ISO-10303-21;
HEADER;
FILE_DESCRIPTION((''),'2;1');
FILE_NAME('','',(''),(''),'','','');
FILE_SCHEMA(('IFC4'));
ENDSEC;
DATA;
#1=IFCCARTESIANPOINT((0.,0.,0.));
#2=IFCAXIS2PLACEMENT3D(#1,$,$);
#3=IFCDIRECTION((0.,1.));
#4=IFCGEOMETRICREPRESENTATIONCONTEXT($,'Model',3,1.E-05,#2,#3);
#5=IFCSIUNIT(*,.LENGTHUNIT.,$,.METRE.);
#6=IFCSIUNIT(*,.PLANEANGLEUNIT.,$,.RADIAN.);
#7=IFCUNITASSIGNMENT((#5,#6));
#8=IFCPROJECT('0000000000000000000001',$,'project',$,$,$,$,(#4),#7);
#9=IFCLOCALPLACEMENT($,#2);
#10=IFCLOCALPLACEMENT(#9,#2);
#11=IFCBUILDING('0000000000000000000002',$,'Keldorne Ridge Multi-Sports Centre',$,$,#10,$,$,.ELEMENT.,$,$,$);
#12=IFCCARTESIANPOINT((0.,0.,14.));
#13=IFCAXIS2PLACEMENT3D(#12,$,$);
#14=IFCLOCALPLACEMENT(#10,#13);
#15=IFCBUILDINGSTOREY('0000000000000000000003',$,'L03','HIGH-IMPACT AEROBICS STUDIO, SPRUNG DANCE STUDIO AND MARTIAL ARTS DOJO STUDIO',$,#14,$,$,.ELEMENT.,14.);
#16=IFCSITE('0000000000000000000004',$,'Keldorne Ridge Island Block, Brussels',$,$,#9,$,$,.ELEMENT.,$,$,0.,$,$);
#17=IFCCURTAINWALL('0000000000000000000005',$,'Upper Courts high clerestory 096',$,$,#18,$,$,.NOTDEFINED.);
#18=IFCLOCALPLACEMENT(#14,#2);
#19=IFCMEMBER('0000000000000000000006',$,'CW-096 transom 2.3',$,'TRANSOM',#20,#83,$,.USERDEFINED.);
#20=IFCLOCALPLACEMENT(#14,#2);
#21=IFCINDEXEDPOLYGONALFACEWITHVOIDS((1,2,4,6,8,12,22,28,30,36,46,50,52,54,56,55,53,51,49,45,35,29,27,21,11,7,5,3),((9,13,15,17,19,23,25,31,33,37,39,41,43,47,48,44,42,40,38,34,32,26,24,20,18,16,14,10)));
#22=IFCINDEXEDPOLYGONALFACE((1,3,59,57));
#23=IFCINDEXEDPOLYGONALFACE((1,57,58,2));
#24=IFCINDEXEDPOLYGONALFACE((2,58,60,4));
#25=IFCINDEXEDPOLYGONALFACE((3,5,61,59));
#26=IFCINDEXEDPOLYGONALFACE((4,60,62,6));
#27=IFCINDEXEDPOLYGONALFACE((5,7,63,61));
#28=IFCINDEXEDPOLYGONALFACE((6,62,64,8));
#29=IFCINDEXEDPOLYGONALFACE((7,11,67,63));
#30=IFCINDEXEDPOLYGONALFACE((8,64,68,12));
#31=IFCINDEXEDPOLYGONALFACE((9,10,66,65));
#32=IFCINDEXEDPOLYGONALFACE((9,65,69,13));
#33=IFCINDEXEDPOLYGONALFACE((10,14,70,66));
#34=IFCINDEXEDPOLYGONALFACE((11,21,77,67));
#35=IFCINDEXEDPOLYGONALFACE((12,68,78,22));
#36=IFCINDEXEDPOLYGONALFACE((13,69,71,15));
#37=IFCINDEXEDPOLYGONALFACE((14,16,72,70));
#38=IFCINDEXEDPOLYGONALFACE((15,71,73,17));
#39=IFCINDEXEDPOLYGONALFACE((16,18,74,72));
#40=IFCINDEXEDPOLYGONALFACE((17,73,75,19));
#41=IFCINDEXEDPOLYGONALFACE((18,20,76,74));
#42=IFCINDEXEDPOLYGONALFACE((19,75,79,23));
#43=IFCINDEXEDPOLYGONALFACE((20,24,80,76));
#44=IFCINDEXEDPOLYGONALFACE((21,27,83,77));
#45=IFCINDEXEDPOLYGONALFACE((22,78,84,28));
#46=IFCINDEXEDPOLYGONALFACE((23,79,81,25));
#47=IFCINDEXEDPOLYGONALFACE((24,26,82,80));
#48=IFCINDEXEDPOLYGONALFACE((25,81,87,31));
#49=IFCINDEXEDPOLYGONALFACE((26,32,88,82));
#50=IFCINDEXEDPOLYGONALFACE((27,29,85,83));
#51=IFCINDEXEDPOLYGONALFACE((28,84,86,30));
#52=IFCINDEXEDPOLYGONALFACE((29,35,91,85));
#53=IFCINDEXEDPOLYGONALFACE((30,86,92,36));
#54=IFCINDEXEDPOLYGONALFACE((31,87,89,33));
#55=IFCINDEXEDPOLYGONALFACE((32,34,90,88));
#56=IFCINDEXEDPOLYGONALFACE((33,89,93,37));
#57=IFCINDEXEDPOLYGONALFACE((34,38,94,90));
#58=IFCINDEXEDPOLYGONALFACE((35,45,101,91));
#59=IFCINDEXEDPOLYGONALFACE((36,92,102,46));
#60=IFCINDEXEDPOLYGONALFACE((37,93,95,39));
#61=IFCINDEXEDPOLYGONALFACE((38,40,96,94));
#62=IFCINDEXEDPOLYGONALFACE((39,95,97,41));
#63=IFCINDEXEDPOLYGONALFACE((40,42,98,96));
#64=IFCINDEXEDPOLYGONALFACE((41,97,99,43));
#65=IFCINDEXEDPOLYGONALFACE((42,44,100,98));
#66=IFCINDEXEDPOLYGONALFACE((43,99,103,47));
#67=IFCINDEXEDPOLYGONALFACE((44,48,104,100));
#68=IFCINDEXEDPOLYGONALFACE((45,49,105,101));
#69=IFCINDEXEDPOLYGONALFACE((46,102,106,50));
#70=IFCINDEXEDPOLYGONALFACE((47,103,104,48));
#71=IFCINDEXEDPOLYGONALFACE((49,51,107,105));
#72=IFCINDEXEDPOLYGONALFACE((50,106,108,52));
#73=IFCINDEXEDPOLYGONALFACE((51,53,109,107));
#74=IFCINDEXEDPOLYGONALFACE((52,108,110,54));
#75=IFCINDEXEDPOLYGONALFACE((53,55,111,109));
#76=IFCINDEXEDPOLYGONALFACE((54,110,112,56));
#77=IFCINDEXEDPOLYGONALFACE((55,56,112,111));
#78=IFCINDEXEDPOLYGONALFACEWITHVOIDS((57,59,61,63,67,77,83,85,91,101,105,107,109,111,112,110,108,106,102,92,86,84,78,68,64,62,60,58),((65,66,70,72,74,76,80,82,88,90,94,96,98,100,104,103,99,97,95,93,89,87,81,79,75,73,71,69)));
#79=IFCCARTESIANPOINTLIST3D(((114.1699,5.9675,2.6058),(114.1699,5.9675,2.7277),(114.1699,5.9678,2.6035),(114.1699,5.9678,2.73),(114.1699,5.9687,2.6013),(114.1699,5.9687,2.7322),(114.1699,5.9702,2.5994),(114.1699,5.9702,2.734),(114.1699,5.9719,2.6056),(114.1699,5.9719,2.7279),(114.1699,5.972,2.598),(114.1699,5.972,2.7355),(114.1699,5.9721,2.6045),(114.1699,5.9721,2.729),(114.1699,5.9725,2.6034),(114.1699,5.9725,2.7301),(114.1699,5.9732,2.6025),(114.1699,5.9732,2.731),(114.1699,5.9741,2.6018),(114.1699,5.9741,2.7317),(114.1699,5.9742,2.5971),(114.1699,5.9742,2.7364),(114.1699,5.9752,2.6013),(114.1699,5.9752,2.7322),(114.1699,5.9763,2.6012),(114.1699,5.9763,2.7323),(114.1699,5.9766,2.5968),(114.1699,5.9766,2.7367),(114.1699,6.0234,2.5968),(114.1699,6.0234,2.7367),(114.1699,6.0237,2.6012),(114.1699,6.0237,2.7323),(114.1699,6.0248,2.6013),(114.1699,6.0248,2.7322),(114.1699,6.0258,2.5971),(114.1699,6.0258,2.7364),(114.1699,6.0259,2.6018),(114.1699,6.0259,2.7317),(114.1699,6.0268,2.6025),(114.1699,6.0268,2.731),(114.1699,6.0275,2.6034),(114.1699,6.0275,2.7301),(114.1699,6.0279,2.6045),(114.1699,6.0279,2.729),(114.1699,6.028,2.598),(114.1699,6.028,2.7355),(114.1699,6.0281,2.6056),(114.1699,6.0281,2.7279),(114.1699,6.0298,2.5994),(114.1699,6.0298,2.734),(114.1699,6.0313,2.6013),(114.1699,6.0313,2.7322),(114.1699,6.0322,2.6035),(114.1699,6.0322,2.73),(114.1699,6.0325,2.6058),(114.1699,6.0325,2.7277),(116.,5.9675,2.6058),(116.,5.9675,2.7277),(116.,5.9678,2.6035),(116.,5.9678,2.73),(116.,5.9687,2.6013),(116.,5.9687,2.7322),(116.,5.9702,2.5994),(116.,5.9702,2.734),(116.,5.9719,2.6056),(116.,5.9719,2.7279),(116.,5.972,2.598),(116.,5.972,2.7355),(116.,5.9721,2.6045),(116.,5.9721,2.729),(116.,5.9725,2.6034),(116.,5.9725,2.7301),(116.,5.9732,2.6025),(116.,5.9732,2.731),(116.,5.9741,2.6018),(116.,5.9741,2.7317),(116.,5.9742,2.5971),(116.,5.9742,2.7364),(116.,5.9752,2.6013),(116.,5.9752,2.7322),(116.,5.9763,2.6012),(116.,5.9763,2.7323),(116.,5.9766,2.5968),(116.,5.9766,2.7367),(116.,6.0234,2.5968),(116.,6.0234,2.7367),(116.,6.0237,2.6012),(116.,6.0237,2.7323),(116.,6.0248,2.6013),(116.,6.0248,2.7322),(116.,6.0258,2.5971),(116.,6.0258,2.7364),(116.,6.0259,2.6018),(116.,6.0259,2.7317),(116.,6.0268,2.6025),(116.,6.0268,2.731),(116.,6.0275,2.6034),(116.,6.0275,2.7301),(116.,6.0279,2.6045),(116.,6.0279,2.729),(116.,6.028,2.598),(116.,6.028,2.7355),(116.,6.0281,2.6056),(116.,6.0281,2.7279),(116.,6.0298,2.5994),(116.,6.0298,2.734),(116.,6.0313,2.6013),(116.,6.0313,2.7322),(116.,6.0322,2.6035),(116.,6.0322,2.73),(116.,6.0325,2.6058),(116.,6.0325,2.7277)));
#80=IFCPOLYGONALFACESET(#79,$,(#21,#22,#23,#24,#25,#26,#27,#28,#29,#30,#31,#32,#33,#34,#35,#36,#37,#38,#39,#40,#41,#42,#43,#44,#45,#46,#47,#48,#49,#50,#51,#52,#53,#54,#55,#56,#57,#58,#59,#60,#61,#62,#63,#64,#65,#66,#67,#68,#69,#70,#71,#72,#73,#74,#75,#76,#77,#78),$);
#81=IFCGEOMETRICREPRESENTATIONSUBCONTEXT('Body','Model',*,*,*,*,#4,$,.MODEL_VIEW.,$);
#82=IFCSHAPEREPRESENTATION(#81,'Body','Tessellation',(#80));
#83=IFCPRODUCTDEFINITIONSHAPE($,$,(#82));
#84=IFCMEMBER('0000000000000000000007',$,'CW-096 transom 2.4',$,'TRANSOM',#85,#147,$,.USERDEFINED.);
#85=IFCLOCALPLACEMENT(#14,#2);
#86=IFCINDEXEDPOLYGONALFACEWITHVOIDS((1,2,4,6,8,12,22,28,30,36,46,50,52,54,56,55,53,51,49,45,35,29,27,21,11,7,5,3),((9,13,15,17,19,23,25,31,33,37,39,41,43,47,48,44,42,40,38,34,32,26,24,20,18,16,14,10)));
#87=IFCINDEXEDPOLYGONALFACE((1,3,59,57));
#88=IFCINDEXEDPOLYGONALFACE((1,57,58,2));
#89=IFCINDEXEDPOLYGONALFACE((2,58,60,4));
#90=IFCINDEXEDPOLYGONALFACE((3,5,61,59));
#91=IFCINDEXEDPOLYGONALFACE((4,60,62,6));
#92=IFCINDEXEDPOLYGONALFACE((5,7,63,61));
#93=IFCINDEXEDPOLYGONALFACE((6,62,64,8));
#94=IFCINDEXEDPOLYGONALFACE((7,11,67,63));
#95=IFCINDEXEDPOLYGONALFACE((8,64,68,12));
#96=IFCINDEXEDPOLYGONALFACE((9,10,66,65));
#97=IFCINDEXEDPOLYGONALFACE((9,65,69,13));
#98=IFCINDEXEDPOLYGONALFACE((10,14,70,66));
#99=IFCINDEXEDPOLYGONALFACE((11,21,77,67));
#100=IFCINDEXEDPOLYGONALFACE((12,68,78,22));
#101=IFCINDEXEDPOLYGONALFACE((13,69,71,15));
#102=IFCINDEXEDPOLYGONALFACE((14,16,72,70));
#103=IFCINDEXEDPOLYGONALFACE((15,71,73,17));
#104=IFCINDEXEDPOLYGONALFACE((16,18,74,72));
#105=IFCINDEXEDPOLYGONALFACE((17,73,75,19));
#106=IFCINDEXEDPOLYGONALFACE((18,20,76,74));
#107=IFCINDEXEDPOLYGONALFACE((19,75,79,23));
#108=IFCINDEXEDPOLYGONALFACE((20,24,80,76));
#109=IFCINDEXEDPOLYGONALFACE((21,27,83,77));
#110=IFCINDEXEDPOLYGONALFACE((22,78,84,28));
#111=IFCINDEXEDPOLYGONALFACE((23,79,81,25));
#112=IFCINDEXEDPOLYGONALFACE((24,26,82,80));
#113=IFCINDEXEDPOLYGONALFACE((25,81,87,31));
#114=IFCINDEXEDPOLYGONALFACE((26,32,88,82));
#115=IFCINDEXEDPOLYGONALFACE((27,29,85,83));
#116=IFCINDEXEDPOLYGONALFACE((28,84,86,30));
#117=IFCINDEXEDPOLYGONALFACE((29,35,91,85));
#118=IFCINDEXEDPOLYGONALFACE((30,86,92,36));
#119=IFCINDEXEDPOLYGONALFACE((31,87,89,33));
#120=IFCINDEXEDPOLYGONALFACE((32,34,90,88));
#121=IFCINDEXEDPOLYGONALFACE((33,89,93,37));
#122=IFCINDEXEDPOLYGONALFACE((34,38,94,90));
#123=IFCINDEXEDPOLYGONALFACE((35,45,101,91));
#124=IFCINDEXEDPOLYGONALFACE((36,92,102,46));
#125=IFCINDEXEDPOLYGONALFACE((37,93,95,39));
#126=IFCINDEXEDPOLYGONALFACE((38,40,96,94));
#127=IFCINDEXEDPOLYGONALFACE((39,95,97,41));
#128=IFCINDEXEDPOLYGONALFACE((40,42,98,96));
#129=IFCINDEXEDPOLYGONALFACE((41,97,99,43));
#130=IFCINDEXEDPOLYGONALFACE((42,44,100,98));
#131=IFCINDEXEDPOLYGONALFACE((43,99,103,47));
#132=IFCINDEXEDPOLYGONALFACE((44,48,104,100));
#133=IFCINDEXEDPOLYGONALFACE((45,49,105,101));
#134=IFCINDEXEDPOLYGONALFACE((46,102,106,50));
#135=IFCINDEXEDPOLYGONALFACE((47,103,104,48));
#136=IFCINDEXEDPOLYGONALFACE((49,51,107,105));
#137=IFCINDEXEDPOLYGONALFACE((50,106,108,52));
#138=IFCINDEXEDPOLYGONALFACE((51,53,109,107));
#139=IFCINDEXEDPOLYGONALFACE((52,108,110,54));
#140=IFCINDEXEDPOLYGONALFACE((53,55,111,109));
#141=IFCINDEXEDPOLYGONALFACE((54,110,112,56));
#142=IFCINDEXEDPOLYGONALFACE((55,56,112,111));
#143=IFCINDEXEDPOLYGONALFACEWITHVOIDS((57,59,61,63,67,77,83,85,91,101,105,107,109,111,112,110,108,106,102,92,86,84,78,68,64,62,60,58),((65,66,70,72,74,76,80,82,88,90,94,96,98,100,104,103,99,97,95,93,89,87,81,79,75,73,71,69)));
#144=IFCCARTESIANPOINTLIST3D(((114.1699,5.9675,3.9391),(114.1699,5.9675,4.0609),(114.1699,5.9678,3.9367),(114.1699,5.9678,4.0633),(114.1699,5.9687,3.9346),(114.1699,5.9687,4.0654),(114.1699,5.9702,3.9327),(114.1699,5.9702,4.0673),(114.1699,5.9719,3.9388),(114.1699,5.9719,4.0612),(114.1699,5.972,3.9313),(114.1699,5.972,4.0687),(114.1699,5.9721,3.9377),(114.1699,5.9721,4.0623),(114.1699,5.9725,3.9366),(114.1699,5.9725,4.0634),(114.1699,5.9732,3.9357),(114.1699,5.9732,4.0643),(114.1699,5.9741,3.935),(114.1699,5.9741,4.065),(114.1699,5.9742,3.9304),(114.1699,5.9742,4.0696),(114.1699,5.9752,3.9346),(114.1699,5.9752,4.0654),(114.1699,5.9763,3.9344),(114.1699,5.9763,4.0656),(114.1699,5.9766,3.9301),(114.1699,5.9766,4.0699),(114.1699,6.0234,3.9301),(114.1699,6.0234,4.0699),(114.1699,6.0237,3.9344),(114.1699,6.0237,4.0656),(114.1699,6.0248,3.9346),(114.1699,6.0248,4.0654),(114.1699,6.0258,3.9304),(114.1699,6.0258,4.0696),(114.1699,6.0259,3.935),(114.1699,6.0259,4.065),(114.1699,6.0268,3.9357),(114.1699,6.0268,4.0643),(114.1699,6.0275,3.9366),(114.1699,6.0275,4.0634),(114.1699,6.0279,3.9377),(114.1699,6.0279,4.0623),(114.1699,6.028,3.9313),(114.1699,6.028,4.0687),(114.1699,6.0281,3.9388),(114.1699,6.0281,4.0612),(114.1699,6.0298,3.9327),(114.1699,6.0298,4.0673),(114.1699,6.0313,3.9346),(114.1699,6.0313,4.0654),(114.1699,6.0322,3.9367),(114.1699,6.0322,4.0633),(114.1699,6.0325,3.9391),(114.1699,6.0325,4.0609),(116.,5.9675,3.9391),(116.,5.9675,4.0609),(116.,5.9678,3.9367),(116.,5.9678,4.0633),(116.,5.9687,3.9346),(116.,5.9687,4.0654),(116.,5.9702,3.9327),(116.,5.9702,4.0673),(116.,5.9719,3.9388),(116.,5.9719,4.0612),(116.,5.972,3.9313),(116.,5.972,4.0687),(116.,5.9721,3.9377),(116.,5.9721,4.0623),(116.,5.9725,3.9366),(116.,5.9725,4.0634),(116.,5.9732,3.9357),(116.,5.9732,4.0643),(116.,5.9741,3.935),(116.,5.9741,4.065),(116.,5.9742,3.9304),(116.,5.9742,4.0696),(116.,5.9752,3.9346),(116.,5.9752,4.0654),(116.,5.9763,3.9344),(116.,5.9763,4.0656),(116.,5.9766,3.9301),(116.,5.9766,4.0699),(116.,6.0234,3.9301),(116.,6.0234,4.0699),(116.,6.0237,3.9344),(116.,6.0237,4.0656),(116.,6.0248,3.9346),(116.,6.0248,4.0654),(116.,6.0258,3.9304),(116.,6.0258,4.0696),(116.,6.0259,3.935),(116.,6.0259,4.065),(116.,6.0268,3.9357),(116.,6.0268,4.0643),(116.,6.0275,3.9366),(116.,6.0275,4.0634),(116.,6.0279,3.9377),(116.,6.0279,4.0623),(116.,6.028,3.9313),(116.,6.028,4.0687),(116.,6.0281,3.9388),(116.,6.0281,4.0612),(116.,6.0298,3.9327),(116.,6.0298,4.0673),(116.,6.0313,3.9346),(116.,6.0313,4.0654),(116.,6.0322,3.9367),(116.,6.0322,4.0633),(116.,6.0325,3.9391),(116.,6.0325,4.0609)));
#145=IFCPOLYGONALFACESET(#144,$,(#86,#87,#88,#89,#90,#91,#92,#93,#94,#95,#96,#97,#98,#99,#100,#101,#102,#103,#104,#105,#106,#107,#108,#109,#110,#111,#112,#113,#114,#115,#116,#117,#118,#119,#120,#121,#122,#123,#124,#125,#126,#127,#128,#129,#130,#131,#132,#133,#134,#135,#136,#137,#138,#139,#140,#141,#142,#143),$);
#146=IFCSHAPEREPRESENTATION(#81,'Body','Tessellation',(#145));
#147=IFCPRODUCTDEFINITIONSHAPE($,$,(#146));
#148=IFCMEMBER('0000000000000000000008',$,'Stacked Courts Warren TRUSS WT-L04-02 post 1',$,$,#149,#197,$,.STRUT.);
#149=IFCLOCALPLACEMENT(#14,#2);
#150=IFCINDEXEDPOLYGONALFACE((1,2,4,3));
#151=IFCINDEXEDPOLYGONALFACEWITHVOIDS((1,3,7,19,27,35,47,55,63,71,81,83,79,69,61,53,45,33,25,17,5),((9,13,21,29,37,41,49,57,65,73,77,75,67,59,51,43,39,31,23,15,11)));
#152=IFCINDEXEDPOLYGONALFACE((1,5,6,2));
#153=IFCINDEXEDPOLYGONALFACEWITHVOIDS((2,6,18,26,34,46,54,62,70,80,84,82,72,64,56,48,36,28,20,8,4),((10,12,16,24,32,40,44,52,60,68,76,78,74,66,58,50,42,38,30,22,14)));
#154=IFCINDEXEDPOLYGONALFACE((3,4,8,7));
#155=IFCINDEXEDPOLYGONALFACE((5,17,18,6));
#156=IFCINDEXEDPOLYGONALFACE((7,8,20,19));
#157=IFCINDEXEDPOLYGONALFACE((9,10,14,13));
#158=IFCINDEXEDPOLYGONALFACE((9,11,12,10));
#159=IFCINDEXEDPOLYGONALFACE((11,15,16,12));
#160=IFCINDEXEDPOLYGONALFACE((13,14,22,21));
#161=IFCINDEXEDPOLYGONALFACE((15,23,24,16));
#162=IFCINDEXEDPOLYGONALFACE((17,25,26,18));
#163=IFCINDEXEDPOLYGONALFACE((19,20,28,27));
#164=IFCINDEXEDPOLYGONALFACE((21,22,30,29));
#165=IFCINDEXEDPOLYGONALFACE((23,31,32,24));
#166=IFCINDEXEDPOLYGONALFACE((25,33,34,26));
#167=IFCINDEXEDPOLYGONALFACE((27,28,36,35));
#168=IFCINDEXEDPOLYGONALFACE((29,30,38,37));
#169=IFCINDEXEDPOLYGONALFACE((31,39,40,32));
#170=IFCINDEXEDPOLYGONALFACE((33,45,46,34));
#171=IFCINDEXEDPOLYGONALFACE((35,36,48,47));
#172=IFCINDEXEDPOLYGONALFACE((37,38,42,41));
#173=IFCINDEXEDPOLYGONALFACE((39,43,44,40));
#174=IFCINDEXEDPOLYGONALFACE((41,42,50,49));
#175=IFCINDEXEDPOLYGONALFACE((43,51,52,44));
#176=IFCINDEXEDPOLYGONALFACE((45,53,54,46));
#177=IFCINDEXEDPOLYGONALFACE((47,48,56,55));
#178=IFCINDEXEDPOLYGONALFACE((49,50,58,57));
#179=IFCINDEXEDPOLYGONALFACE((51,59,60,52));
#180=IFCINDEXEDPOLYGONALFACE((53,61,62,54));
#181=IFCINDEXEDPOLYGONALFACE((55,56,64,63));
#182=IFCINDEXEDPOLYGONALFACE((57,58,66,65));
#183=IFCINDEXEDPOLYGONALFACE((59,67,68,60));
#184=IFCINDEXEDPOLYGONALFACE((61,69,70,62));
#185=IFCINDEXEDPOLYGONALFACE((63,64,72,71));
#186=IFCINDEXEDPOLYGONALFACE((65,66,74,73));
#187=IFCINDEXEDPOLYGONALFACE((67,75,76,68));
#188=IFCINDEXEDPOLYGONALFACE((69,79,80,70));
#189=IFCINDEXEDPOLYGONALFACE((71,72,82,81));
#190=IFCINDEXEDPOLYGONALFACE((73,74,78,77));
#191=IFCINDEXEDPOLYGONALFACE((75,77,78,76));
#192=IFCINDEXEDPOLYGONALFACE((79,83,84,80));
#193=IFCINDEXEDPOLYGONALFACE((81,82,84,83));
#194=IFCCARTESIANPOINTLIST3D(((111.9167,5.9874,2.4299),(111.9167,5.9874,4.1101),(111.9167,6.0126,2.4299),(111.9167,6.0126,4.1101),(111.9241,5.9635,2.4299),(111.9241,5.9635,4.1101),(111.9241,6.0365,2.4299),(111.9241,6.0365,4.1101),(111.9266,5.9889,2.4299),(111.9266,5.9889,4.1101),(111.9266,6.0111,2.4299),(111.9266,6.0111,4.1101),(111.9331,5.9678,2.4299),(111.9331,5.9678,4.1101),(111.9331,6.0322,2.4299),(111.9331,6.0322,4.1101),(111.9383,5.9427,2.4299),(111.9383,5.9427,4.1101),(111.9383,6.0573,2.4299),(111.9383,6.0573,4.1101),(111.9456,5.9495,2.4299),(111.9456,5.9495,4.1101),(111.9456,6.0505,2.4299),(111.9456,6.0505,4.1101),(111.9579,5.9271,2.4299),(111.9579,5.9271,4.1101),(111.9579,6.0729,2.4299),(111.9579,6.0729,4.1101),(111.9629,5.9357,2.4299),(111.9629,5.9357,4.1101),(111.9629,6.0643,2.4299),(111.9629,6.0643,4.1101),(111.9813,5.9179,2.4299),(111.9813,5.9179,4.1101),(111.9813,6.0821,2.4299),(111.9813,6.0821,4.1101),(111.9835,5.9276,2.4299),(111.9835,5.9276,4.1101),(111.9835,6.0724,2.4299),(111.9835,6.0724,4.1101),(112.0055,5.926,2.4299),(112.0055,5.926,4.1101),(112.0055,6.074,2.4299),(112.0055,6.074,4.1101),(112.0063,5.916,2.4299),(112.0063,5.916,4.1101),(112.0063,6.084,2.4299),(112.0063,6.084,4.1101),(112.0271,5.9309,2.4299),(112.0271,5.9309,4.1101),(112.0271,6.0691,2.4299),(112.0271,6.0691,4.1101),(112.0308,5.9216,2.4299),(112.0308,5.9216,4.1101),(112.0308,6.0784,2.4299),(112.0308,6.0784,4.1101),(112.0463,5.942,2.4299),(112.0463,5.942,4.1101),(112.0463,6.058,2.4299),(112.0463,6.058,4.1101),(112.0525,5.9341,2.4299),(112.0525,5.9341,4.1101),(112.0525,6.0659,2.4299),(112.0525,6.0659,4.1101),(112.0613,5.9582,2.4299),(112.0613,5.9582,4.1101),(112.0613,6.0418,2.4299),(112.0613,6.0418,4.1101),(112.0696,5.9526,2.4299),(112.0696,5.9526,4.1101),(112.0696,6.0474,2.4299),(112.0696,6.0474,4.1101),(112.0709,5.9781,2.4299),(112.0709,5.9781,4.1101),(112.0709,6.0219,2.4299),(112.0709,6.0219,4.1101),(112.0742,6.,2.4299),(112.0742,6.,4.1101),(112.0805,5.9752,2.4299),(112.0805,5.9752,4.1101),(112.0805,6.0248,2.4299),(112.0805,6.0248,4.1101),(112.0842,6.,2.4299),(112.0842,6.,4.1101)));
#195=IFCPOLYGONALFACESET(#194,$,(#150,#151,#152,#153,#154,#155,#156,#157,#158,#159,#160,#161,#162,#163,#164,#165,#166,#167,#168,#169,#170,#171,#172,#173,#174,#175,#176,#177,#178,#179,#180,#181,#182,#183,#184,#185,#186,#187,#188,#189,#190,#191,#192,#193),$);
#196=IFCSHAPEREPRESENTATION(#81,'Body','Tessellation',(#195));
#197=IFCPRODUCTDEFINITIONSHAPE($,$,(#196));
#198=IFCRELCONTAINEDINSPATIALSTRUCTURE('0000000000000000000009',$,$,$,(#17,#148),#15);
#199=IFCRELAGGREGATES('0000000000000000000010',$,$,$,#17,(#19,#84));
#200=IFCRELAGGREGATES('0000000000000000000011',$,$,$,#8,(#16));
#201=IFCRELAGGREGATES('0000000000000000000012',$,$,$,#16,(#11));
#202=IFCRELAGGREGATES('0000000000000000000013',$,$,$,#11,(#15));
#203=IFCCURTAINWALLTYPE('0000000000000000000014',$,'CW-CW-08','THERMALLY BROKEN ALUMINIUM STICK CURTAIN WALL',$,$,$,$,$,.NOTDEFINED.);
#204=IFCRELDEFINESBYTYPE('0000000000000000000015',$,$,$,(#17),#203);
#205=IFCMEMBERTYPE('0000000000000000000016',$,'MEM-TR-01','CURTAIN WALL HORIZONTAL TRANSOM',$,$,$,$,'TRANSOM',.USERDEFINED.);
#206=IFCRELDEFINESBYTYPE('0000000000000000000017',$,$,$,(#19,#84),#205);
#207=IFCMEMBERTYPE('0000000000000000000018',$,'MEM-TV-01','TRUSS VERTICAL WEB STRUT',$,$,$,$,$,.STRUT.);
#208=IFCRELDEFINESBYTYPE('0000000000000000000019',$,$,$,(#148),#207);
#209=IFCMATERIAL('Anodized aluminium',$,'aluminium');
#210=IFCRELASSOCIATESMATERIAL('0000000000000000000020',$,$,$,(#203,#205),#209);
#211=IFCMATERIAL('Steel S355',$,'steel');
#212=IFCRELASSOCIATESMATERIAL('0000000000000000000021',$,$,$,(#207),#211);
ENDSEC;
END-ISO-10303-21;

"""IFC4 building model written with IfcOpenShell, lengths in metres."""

from ifc_helpers import new_model, si_unit, direction, frame, origin, origin_2d, place, context, subcontext, project, spatial, hollow_rectangle, hollow_circle, extrude, material, material_profile, profile_set, type_object, element, aggregate, save


model = new_model("IFC4")

# Units and contexts
model_context = context("Model", 3, precision=1e-05, world=origin(), true_north=direction((0.0, 1.0)))
body_context = subcontext(model_context, "Body", "Model", "MODEL_VIEW")
ifc_project = project(units=[si_unit("LENGTHUNIT", "METRE"), si_unit("PLANEANGLEUNIT", "RADIAN")], contexts=[model_context])

# Site, building, storey
site_placement = place(None, origin())
site = spatial("IfcSite", under=ifc_project, at=site_placement, Name="Keldorne Ridge Island Block, Brussels", CompositionType="ELEMENT", RefElevation=0.0)
building_placement = place(site_placement, origin())
building = spatial("IfcBuilding", under=site, at=building_placement, Name="Keldorne Ridge Multi-Sports Centre", CompositionType="ELEMENT")
storey_placement = place(building_placement, frame((0.0, 0.0, 14.0)))
storey = spatial("IfcBuildingStorey", under=building, at=storey_placement, Name="L03", Description="HIGH-IMPACT AEROBICS STUDIO, SPRUNG DANCE STUDIO AND MARTIAL ARTS DOJO STUDIO", CompositionType="ELEMENT", Elevation=14.0)

# Shared definitions
ifc_material_1 = material(Name="Steel S355", Category="steel")

# Shared definitions
ifc_material_2 = material(Name="Anodized aluminium", Category="aluminium")

# Curtain wall
curtain_wall_type_1 = type_object("IfcCurtainWallType", Name="CW-CW-08", Description="THERMALLY BROKEN ALUMINIUM STICK CURTAIN WALL", PredefinedType="NOTDEFINED", material=ifc_material_2)
curtain_wall_1_placement = place(storey_placement, origin())
curtain_wall_1 = element("IfcCurtainWall", 1, at=curtain_wall_1_placement, inside=storey, type_object=curtain_wall_type_1, Name="Upper Courts high clerestory 096", PredefinedType="NOTDEFINED")

# Members
ifc_material_profile_1 = material_profile(ifc_material_2, hollow_rectangle(XDim=0.0649, YDim=0.1399, WallThickness=0.0044, InnerFilletRadius=0.0044, OuterFilletRadius=0.009, at=origin_2d()), Name="ALU TRANSOM 140x65x4.5")
ifc_profile_set_1 = profile_set([ifc_material_profile_1], Name="Anodized aluminium")
member_type_1 = type_object("IfcMemberType", Name="MEM-TR-01", Description="CURTAIN WALL HORIZONTAL TRANSOM", ElementType="TRANSOM", PredefinedType="USERDEFINED", material=ifc_profile_set_1)
member_1_placement = place(storey_placement, frame((114.1699, 6.0, 2.6667), z_axis=(1.0, 0.0, 0.0), x_axis=(0.0, 1.0, 0.0)))
member_1 = element("IfcMember", 2, at=member_1_placement, type_object=member_type_1, Name="CW-096 transom 2.3", ObjectType="TRANSOM", PredefinedType="USERDEFINED", context=body_context, shape_type="SweptSolid", body=[
    extrude(hollow_rectangle(XDim=0.0649, YDim=0.1399, WallThickness=0.0044, InnerFilletRadius=0.0044, OuterFilletRadius=0.009, at=origin_2d()), origin(), (0.0, 0.0, 1.0), 1.8301),
])
member_2_placement = place(storey_placement, frame((114.1699, 6.0, 4.0), z_axis=(1.0, 0.0, 0.0), x_axis=(0.0, 1.0, 0.0)))
member_2 = element("IfcMember", 3, at=member_2_placement, type_object=member_type_1, Name="CW-096 transom 2.4", ObjectType="TRANSOM", PredefinedType="USERDEFINED", context=body_context, shape_type="SweptSolid", body=[
    extrude(hollow_rectangle(XDim=0.0649, YDim=0.1399, WallThickness=0.0044, InnerFilletRadius=0.0044, OuterFilletRadius=0.009, at=origin_2d()), origin(), (0.0, 0.0, 1.0), 1.8301),
])

# Member
ifc_material_profile_2 = material_profile(ifc_material_1, hollow_circle(Radius=0.0842, WallThickness=0.01, at=origin_2d()), Name="CHS 168.3x10")
ifc_profile_set_2 = profile_set([ifc_material_profile_2], Name="Steel S355")
member_type_2 = type_object("IfcMemberType", Name="MEM-TV-01", Description="TRUSS VERTICAL WEB STRUT", PredefinedType="STRUT", material=ifc_profile_set_2)
for number, where, z_axis, x_axis, name in (
    (4, (112.0, 6.0, 2.4299), (0.0, 0.0, 1.0), (1.0, 0.0, 0.0), "Stacked Courts Warren TRUSS WT-L04-02 post 1"),
):
    element("IfcMember", number, at=place(storey_placement, frame(where, z_axis=z_axis, x_axis=x_axis)), inside=storey, type_object=member_type_2, Name=name, PredefinedType="STRUT", context=body_context, shape_type="SweptSolid", body=[
        extrude(hollow_circle(Radius=0.0842, WallThickness=0.01, at=origin_2d()), origin(), (0.0, 0.0, 1.0), 1.6802),
    ])

aggregate(curtain_wall_1, [member_1, member_2])

save(model, "model.ifc")
